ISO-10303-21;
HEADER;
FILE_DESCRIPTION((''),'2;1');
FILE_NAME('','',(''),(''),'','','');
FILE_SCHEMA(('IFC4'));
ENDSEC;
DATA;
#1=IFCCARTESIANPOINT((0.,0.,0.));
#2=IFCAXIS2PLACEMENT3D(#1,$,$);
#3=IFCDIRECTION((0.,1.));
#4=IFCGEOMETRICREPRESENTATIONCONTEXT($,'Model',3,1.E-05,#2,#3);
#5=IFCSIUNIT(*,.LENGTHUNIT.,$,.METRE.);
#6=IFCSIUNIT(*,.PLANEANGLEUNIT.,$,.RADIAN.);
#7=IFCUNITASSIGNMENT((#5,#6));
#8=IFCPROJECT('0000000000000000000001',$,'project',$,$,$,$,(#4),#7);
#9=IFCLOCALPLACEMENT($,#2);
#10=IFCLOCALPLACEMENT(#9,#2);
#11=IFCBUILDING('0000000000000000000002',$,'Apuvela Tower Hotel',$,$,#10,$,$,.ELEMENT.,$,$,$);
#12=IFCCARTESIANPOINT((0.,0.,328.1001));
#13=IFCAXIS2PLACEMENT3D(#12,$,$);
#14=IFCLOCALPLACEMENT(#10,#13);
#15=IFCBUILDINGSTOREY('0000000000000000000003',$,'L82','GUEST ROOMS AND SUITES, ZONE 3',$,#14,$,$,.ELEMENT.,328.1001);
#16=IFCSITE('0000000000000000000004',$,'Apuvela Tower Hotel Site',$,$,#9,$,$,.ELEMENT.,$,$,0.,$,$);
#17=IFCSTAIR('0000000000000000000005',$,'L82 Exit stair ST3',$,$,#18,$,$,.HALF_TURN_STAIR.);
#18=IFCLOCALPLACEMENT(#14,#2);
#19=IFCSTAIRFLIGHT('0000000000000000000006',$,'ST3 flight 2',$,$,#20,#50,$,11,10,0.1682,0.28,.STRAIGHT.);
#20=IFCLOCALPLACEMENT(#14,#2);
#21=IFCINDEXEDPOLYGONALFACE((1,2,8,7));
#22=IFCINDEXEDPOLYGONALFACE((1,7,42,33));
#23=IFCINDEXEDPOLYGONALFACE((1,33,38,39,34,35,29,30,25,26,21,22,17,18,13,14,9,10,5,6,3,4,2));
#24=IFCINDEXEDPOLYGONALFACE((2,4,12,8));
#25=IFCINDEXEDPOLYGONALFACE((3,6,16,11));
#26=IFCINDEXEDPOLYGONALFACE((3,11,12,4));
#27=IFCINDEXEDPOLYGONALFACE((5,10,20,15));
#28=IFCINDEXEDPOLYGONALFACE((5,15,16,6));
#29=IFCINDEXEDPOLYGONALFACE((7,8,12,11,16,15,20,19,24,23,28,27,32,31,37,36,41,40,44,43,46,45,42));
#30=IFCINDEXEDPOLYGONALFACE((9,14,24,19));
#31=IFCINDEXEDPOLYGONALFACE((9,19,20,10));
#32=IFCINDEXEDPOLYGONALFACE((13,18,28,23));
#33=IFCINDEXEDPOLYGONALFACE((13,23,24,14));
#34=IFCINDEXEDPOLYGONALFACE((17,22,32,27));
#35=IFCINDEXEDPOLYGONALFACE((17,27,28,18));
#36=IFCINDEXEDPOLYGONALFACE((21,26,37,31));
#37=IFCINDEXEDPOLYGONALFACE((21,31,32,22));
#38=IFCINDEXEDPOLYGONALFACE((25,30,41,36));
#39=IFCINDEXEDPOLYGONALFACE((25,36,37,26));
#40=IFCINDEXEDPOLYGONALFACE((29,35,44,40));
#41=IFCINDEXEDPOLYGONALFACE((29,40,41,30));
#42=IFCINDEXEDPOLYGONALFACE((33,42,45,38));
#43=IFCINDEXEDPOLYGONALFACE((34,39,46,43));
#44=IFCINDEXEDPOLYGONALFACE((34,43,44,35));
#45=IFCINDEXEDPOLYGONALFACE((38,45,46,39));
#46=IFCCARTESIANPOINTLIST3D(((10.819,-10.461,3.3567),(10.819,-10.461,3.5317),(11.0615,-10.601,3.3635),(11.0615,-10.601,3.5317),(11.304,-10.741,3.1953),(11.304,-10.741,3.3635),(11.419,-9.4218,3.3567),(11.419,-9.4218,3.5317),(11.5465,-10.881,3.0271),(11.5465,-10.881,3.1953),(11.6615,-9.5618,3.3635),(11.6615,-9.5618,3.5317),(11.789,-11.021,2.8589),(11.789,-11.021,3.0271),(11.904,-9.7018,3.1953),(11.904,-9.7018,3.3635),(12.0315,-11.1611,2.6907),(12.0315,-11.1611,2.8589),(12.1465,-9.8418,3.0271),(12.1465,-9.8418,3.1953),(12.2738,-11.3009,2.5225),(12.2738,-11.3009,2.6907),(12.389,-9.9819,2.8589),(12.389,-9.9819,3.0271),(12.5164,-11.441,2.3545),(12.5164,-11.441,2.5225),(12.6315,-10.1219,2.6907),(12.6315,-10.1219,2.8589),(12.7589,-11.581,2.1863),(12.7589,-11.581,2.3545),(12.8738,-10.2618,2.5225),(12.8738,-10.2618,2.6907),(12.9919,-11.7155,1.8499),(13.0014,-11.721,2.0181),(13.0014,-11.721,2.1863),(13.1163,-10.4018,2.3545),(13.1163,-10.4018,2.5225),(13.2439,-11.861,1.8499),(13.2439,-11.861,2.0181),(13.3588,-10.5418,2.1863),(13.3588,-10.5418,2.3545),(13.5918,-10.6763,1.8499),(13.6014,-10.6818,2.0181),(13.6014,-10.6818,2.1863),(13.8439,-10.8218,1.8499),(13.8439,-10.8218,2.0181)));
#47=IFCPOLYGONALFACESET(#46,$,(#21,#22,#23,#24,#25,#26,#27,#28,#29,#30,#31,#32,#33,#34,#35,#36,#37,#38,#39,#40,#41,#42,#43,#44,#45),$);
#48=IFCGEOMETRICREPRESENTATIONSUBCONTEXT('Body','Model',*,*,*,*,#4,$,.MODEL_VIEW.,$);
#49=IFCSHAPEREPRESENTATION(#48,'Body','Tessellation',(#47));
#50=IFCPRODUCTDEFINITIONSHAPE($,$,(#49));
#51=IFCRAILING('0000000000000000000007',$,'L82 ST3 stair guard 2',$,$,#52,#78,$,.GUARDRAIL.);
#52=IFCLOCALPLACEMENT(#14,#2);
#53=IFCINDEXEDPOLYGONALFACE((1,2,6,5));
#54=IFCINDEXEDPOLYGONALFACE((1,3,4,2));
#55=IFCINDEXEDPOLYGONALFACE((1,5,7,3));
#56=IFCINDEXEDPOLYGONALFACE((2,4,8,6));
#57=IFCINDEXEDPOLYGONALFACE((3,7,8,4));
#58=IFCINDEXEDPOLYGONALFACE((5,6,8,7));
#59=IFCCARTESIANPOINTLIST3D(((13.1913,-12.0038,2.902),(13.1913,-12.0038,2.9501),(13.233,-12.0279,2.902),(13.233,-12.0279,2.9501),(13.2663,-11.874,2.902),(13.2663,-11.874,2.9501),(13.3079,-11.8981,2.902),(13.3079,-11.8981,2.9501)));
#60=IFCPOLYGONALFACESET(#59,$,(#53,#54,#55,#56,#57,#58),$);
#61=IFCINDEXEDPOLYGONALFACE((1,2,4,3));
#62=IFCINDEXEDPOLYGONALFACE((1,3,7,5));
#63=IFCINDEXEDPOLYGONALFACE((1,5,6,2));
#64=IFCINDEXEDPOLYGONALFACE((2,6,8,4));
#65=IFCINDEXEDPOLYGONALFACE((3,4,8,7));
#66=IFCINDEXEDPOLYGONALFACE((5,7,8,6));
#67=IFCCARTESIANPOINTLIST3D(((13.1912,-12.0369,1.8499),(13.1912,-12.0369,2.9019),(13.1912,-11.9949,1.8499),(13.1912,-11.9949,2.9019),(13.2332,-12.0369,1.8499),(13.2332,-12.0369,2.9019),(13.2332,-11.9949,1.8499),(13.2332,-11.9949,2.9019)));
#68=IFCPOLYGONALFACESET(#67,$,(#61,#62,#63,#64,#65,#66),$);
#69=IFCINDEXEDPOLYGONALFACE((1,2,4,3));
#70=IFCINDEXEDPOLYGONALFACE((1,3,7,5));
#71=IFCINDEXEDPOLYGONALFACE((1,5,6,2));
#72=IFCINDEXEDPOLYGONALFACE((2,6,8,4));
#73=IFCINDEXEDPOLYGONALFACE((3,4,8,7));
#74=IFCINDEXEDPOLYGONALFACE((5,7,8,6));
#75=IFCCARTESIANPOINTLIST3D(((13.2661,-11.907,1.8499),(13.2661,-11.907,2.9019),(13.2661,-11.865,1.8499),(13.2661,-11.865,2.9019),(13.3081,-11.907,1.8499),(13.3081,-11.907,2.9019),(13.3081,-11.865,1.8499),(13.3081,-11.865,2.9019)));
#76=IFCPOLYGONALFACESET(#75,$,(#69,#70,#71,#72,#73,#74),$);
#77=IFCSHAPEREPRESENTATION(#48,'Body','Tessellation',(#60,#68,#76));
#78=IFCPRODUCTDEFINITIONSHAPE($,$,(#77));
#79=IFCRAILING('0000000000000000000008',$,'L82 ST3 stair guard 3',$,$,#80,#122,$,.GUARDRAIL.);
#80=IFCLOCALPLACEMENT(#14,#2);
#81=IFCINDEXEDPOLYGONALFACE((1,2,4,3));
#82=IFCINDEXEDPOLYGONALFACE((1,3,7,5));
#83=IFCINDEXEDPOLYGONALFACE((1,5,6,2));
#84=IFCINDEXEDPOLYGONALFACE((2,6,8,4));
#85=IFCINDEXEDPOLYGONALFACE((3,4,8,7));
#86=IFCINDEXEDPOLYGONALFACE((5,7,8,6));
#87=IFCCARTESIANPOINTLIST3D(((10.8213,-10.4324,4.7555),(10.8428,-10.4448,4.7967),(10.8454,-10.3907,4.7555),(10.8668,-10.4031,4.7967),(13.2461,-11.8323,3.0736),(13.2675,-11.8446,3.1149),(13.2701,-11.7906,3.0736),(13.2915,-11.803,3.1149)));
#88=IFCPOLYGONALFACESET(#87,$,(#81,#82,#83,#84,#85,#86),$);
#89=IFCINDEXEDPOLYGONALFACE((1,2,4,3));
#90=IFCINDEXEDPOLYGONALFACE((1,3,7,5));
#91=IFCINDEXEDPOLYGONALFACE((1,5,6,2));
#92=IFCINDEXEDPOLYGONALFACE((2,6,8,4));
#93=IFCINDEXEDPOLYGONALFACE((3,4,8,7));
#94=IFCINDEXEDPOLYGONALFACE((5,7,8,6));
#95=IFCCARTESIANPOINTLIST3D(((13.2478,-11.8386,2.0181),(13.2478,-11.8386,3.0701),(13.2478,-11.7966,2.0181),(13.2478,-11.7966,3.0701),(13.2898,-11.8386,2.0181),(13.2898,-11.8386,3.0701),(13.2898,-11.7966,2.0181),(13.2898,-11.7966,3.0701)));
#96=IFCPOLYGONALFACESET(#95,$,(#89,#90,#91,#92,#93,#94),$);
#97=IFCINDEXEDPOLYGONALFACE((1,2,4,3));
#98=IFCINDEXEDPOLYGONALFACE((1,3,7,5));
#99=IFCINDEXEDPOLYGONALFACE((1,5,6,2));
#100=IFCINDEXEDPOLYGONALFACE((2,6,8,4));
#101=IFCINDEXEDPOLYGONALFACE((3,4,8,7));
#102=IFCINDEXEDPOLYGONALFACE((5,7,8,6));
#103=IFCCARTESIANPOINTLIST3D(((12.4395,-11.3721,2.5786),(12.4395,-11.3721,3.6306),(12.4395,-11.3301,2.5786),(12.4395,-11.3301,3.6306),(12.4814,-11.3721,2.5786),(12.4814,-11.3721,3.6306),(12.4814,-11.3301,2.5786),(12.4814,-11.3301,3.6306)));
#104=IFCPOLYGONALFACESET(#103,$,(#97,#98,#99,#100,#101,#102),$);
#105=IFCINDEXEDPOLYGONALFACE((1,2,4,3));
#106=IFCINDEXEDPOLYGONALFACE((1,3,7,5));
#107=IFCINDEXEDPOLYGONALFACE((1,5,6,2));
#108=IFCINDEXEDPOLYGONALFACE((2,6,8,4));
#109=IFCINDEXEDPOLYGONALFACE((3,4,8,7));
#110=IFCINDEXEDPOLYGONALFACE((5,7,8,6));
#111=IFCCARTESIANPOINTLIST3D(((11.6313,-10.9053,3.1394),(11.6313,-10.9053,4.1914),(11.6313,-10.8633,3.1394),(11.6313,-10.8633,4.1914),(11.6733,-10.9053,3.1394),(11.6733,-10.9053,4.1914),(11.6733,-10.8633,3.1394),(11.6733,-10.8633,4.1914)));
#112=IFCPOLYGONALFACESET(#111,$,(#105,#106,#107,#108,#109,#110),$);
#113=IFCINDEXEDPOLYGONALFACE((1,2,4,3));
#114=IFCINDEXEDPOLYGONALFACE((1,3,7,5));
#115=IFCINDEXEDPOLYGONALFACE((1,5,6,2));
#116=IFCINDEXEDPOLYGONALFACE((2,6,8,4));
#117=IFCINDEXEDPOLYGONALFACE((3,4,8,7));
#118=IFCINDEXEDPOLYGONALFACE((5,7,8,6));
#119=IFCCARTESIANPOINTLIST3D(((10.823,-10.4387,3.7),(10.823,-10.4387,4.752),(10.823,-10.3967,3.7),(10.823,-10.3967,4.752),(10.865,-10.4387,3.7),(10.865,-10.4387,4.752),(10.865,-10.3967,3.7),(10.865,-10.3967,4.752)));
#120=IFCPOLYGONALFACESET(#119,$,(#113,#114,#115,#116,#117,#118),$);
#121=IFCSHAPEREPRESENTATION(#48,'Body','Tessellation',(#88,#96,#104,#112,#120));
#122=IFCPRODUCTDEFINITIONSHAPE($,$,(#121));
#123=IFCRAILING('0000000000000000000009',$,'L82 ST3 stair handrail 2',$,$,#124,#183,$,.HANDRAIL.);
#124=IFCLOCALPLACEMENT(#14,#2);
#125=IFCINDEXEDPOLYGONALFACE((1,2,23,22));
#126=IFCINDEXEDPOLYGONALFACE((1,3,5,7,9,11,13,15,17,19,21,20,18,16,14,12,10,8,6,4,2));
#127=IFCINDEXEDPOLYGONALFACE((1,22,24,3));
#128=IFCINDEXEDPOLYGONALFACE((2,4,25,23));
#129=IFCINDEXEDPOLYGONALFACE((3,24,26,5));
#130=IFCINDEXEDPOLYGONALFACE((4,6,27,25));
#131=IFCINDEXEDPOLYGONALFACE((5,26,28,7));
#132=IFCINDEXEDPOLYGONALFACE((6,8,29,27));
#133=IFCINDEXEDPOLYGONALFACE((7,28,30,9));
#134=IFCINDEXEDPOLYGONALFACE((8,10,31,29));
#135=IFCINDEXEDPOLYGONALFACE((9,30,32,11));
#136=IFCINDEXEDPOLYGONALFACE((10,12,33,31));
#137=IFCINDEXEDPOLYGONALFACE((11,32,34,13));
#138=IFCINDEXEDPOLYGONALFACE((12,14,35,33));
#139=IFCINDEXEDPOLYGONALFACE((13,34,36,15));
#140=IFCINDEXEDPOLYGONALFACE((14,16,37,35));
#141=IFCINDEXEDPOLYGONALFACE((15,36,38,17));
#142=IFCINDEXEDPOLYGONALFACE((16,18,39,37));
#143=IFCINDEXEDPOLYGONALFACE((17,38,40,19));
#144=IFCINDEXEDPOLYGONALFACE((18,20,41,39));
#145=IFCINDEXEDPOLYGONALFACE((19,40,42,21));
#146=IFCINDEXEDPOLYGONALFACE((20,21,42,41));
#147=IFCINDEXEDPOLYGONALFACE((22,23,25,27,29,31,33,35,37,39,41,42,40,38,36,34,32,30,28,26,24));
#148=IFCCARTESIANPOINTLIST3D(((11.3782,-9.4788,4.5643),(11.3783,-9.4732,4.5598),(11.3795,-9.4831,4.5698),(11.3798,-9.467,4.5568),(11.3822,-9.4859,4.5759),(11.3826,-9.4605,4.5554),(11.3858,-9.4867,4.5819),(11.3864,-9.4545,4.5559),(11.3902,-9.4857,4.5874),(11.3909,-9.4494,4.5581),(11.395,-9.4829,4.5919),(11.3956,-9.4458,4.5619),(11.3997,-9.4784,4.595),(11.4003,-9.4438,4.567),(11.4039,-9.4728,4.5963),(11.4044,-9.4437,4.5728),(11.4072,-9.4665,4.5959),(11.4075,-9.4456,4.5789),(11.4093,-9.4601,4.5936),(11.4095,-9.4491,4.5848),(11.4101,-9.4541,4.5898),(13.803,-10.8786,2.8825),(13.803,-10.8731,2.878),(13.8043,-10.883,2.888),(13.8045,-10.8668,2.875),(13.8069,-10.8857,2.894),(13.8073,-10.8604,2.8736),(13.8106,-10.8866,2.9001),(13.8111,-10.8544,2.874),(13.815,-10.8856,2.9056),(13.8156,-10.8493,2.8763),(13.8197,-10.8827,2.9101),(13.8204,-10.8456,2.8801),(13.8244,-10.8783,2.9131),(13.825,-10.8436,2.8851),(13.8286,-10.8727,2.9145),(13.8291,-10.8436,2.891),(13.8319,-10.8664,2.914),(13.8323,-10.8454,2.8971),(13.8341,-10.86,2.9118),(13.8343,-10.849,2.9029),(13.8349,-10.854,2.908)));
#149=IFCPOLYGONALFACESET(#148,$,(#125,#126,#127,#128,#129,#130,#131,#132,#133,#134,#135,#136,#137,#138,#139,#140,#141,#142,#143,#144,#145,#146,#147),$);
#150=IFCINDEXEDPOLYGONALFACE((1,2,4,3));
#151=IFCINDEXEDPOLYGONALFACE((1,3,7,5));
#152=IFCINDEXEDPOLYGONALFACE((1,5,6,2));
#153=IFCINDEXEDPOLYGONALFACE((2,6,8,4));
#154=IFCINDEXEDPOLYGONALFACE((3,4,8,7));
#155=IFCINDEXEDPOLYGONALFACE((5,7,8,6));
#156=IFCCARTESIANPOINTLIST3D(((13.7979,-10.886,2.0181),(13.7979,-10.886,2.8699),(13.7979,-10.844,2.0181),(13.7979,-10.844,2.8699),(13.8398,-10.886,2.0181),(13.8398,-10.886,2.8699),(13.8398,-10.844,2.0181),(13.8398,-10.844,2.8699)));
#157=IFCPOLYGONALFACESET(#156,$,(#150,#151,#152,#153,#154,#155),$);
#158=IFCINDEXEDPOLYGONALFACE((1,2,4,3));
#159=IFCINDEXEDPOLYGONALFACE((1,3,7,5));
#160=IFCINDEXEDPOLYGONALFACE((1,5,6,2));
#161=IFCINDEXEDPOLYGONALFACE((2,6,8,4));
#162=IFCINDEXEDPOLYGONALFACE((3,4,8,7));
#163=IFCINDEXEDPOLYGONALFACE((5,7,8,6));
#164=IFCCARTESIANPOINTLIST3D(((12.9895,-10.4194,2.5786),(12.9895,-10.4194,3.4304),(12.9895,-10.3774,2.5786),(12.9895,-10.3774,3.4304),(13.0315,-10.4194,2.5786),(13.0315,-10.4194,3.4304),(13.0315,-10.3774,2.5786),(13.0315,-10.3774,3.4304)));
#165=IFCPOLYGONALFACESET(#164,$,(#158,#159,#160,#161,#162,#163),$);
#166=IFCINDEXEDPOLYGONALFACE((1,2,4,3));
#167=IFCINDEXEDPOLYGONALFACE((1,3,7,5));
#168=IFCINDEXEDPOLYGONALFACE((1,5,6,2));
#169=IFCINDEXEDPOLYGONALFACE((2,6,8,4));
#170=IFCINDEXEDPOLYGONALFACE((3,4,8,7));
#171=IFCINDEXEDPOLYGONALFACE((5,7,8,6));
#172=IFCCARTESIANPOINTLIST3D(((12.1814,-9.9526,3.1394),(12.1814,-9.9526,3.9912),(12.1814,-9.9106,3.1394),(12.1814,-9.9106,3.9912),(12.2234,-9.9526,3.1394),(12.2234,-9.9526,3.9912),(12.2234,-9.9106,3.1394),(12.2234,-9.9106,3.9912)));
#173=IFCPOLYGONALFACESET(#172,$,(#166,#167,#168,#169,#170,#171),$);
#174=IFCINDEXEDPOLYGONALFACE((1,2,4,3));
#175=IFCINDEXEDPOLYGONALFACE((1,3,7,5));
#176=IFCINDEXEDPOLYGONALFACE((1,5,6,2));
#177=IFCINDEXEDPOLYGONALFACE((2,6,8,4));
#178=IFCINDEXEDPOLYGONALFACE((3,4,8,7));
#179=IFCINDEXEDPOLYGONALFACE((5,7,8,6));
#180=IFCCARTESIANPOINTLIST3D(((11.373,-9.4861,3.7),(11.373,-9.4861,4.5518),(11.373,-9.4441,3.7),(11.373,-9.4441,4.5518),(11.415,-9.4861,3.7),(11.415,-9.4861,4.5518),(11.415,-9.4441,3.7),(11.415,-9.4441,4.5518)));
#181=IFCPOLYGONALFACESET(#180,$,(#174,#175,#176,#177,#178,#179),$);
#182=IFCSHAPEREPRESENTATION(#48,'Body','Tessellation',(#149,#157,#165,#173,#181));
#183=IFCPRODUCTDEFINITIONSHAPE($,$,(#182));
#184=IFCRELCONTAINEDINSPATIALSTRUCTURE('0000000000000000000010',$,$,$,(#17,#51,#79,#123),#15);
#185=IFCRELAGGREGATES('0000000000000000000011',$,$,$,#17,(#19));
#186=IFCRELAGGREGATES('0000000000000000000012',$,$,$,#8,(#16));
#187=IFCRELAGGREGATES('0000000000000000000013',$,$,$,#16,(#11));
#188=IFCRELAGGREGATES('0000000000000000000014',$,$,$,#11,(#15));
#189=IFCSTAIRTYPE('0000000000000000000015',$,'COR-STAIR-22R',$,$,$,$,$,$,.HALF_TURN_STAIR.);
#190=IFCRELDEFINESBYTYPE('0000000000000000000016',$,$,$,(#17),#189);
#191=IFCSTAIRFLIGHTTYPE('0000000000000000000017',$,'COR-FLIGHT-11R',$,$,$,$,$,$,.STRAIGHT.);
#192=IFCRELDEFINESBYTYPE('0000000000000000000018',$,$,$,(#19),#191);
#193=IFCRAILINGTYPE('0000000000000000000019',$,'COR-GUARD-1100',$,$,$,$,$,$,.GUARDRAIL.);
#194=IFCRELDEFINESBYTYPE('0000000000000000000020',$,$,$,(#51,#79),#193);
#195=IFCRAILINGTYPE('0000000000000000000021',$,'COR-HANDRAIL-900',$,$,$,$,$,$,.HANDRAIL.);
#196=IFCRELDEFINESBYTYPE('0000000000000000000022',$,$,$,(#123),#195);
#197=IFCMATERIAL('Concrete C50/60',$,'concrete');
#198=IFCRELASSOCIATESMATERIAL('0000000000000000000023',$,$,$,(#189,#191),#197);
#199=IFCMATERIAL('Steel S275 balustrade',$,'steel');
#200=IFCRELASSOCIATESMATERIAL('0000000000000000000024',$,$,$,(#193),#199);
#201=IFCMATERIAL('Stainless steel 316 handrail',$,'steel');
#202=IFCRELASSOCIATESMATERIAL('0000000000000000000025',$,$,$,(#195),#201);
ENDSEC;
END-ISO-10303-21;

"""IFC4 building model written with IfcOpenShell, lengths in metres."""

from ifc_helpers import new_model, si_unit, direction, frame, origin, origin_2d, place, context, subcontext, project, spatial, polyline, rectangle, circle, outline, extrude, material, type_object, element, aggregate, save


model = new_model("IFC4")

# Units and contexts
model_context = context("Model", 3, precision=1e-05, world=origin(), true_north=direction((0.0, 1.0)))
body_context = subcontext(model_context, "Body", "Model", "MODEL_VIEW")
ifc_project = project(units=[si_unit("LENGTHUNIT", "METRE"), si_unit("PLANEANGLEUNIT", "RADIAN")], contexts=[model_context])

# Site, building, storey
site_placement = place(None, origin())
site = spatial("IfcSite", under=ifc_project, at=site_placement, Name="Apuvela Tower Hotel Site", CompositionType="ELEMENT", RefElevation=0.0)
building_placement = place(site_placement, origin())
building = spatial("IfcBuilding", under=site, at=building_placement, Name="Apuvela Tower Hotel", CompositionType="ELEMENT")
storey_placement = place(building_placement, frame((0.0, 0.0, 328.1001)))
storey = spatial("IfcBuildingStorey", under=building, at=storey_placement, Name="L82", Description="GUEST ROOMS AND SUITES, ZONE 3", CompositionType="ELEMENT", Elevation=328.1001)

# Shared definitions
ifc_material_1 = material(Name="Concrete C50/60", Category="concrete")

# Stair, stair flight
stair_type = type_object("IfcStairType", Name="COR-STAIR-22R", PredefinedType="HALF_TURN_STAIR", material=ifc_material_1)
stair_placement = place(storey_placement, origin())
stair = element("IfcStair", 1, at=stair_placement, inside=storey, type_object=stair_type, Name="L82 Exit stair ST3", PredefinedType="HALF_TURN_STAIR")
stair_flight_type = type_object("IfcStairFlightType", Name="COR-FLIGHT-11R", PredefinedType="STRAIGHT", material=ifc_material_1)
stair_flight_placement = place(storey_placement, frame((13.5439, -11.3413, 1.8499), z_axis=(0.0, 0.0, 1.0), x_axis=(-0.866025, 0.5, 0.0)))
stair_flight = element("IfcStairFlight", 2, at=stair_flight_placement, type_object=stair_flight_type, Name="ST3 flight 2", NumberOfRisers=11, NumberOfTreads=10, PredefinedType="STRAIGHT", RiserHeight=0.1682, TreadLength=0.28, context=body_context, shape_type="SweptSolid", body=[
    extrude(outline(polyline([(0.0, 0.0), (0.0, 0.1682), (0.28, 0.1682), (0.28, 0.3364), (0.5601, 0.3364), (0.5601, 0.5046), (0.8401, 0.5046), (0.8401, 0.6726), (1.1201, 0.6726), (1.1201, 0.8408), (1.3999, 0.8408), (1.3999, 1.009), (1.6799, 1.009), (1.6799, 1.1772), (1.96, 1.1772), (1.96, 1.3455), (2.24, 1.3455), (2.24, 1.5137), (2.52, 1.5137), (2.52, 1.6819), (2.8, 1.6819), (2.8, 1.8501), (2.8, 1.5068), (0.291, 0.0), (0.0, 0.0)])), frame((0.0, 0.6001, 0.0), z_axis=(0.0, -1.0, 0.0), x_axis=(1.0, 0.0, 0.0)), (0.0, 0.0, 1.0), 1.2),
])
aggregate(stair, [stair_flight])

# Railings
ifc_material_2 = material(Name="Steel S275 balustrade", Category="steel")
railing_type_1 = type_object("IfcRailingType", Name="COR-GUARD-1100", PredefinedType="GUARDRAIL", material=ifc_material_2)
railing_1_placement = place(storey_placement, frame((13.2122, -12.0159, 1.8499)))
element("IfcRailing", 3, at=railing_1_placement, inside=storey, type_object=railing_type_1, Name="L82 ST3 stair guard 2", PredefinedType="GUARDRAIL", context=body_context, shape_type="SweptSolid", body=[
    extrude(rectangle(XDim=0.0481, YDim=0.0481, at=origin_2d()), frame((0.0, 0.0, 1.0762), z_axis=(0.499816, 0.866131, 0.0), x_axis=(-0.866131, 0.499816, 0.0)), (0.0, 0.0, 1.0), 0.1499),
    extrude(rectangle(XDim=0.042, YDim=0.042, at=origin_2d()), origin(), (0.0, 0.0, 1.0), 1.052),
    extrude(rectangle(XDim=0.042, YDim=0.042, at=origin_2d()), frame((0.075, 0.1299, 0.0)), (0.0, 0.0, 1.0), 1.052),
])
railing_2_placement = place(storey_placement, frame((13.2688, -11.8176, 2.0181)))
element("IfcRailing", 4, at=railing_2_placement, inside=storey, type_object=railing_type_1, Name="L82 ST3 stair guard 3", PredefinedType="GUARDRAIL", context=body_context, shape_type="SweptSolid", body=[
    extrude(rectangle(XDim=0.0481, YDim=0.0481, at=origin_2d()), frame((0.0, 0.0, 1.0762), z_axis=(-0.74239, 0.428601, 0.514934), x_axis=(-0.499984, -0.866035, 0.0)), (0.0, 0.0, 1.0), 3.2661),
    extrude(rectangle(XDim=0.042, YDim=0.042, at=origin_2d()), origin(), (0.0, 0.0, 1.0), 1.052),
    extrude(rectangle(XDim=0.042, YDim=0.042, at=origin_2d()), frame((-0.8083, 0.4666, 0.5605)), (0.0, 0.0, 1.0), 1.052),
    extrude(rectangle(XDim=0.042, YDim=0.042, at=origin_2d()), frame((-1.6165, 0.9333, 1.1213)), (0.0, 0.0, 1.0), 1.052),
    extrude(rectangle(XDim=0.042, YDim=0.042, at=origin_2d()), frame((-2.4248, 1.3999, 1.6819)), (0.0, 0.0, 1.0), 1.052),
])
ifc_material_3 = material(Name="Stainless steel 316 handrail", Category="steel")
railing_type_2 = type_object("IfcRailingType", Name="COR-HANDRAIL-900", PredefinedType="HANDRAIL", material=ifc_material_3)
railing_3_placement = place(storey_placement, frame((13.8188, -10.865, 2.0181)))
element("IfcRailing", 5, at=railing_3_placement, inside=storey, type_object=railing_type_2, Name="L82 ST3 stair handrail 2", PredefinedType="HANDRAIL", context=body_context, shape_type="SweptSolid", body=[
    extrude(circle(Radius=0.0239, at=origin_2d()), frame((0.0, 0.0, 0.876), z_axis=(-0.74239, 0.428601, 0.514934), x_axis=(-0.499984, -0.866035, 0.0)), (0.0, 0.0, 1.0), 3.2661),
    extrude(rectangle(XDim=0.042, YDim=0.042, at=origin_2d()), origin(), (0.0, 0.0, 1.0), 0.8518),
    extrude(rectangle(XDim=0.042, YDim=0.042, at=origin_2d()), frame((-0.8083, 0.4666, 0.5605)), (0.0, 0.0, 1.0), 0.8518),
    extrude(rectangle(XDim=0.042, YDim=0.042, at=origin_2d()), frame((-1.6165, 0.9333, 1.1213)), (0.0, 0.0, 1.0), 0.8518),
    extrude(rectangle(XDim=0.042, YDim=0.042, at=origin_2d()), frame((-2.4248, 1.3999, 1.6819)), (0.0, 0.0, 1.0), 0.8518),
])

save(model, "model.ifc")
